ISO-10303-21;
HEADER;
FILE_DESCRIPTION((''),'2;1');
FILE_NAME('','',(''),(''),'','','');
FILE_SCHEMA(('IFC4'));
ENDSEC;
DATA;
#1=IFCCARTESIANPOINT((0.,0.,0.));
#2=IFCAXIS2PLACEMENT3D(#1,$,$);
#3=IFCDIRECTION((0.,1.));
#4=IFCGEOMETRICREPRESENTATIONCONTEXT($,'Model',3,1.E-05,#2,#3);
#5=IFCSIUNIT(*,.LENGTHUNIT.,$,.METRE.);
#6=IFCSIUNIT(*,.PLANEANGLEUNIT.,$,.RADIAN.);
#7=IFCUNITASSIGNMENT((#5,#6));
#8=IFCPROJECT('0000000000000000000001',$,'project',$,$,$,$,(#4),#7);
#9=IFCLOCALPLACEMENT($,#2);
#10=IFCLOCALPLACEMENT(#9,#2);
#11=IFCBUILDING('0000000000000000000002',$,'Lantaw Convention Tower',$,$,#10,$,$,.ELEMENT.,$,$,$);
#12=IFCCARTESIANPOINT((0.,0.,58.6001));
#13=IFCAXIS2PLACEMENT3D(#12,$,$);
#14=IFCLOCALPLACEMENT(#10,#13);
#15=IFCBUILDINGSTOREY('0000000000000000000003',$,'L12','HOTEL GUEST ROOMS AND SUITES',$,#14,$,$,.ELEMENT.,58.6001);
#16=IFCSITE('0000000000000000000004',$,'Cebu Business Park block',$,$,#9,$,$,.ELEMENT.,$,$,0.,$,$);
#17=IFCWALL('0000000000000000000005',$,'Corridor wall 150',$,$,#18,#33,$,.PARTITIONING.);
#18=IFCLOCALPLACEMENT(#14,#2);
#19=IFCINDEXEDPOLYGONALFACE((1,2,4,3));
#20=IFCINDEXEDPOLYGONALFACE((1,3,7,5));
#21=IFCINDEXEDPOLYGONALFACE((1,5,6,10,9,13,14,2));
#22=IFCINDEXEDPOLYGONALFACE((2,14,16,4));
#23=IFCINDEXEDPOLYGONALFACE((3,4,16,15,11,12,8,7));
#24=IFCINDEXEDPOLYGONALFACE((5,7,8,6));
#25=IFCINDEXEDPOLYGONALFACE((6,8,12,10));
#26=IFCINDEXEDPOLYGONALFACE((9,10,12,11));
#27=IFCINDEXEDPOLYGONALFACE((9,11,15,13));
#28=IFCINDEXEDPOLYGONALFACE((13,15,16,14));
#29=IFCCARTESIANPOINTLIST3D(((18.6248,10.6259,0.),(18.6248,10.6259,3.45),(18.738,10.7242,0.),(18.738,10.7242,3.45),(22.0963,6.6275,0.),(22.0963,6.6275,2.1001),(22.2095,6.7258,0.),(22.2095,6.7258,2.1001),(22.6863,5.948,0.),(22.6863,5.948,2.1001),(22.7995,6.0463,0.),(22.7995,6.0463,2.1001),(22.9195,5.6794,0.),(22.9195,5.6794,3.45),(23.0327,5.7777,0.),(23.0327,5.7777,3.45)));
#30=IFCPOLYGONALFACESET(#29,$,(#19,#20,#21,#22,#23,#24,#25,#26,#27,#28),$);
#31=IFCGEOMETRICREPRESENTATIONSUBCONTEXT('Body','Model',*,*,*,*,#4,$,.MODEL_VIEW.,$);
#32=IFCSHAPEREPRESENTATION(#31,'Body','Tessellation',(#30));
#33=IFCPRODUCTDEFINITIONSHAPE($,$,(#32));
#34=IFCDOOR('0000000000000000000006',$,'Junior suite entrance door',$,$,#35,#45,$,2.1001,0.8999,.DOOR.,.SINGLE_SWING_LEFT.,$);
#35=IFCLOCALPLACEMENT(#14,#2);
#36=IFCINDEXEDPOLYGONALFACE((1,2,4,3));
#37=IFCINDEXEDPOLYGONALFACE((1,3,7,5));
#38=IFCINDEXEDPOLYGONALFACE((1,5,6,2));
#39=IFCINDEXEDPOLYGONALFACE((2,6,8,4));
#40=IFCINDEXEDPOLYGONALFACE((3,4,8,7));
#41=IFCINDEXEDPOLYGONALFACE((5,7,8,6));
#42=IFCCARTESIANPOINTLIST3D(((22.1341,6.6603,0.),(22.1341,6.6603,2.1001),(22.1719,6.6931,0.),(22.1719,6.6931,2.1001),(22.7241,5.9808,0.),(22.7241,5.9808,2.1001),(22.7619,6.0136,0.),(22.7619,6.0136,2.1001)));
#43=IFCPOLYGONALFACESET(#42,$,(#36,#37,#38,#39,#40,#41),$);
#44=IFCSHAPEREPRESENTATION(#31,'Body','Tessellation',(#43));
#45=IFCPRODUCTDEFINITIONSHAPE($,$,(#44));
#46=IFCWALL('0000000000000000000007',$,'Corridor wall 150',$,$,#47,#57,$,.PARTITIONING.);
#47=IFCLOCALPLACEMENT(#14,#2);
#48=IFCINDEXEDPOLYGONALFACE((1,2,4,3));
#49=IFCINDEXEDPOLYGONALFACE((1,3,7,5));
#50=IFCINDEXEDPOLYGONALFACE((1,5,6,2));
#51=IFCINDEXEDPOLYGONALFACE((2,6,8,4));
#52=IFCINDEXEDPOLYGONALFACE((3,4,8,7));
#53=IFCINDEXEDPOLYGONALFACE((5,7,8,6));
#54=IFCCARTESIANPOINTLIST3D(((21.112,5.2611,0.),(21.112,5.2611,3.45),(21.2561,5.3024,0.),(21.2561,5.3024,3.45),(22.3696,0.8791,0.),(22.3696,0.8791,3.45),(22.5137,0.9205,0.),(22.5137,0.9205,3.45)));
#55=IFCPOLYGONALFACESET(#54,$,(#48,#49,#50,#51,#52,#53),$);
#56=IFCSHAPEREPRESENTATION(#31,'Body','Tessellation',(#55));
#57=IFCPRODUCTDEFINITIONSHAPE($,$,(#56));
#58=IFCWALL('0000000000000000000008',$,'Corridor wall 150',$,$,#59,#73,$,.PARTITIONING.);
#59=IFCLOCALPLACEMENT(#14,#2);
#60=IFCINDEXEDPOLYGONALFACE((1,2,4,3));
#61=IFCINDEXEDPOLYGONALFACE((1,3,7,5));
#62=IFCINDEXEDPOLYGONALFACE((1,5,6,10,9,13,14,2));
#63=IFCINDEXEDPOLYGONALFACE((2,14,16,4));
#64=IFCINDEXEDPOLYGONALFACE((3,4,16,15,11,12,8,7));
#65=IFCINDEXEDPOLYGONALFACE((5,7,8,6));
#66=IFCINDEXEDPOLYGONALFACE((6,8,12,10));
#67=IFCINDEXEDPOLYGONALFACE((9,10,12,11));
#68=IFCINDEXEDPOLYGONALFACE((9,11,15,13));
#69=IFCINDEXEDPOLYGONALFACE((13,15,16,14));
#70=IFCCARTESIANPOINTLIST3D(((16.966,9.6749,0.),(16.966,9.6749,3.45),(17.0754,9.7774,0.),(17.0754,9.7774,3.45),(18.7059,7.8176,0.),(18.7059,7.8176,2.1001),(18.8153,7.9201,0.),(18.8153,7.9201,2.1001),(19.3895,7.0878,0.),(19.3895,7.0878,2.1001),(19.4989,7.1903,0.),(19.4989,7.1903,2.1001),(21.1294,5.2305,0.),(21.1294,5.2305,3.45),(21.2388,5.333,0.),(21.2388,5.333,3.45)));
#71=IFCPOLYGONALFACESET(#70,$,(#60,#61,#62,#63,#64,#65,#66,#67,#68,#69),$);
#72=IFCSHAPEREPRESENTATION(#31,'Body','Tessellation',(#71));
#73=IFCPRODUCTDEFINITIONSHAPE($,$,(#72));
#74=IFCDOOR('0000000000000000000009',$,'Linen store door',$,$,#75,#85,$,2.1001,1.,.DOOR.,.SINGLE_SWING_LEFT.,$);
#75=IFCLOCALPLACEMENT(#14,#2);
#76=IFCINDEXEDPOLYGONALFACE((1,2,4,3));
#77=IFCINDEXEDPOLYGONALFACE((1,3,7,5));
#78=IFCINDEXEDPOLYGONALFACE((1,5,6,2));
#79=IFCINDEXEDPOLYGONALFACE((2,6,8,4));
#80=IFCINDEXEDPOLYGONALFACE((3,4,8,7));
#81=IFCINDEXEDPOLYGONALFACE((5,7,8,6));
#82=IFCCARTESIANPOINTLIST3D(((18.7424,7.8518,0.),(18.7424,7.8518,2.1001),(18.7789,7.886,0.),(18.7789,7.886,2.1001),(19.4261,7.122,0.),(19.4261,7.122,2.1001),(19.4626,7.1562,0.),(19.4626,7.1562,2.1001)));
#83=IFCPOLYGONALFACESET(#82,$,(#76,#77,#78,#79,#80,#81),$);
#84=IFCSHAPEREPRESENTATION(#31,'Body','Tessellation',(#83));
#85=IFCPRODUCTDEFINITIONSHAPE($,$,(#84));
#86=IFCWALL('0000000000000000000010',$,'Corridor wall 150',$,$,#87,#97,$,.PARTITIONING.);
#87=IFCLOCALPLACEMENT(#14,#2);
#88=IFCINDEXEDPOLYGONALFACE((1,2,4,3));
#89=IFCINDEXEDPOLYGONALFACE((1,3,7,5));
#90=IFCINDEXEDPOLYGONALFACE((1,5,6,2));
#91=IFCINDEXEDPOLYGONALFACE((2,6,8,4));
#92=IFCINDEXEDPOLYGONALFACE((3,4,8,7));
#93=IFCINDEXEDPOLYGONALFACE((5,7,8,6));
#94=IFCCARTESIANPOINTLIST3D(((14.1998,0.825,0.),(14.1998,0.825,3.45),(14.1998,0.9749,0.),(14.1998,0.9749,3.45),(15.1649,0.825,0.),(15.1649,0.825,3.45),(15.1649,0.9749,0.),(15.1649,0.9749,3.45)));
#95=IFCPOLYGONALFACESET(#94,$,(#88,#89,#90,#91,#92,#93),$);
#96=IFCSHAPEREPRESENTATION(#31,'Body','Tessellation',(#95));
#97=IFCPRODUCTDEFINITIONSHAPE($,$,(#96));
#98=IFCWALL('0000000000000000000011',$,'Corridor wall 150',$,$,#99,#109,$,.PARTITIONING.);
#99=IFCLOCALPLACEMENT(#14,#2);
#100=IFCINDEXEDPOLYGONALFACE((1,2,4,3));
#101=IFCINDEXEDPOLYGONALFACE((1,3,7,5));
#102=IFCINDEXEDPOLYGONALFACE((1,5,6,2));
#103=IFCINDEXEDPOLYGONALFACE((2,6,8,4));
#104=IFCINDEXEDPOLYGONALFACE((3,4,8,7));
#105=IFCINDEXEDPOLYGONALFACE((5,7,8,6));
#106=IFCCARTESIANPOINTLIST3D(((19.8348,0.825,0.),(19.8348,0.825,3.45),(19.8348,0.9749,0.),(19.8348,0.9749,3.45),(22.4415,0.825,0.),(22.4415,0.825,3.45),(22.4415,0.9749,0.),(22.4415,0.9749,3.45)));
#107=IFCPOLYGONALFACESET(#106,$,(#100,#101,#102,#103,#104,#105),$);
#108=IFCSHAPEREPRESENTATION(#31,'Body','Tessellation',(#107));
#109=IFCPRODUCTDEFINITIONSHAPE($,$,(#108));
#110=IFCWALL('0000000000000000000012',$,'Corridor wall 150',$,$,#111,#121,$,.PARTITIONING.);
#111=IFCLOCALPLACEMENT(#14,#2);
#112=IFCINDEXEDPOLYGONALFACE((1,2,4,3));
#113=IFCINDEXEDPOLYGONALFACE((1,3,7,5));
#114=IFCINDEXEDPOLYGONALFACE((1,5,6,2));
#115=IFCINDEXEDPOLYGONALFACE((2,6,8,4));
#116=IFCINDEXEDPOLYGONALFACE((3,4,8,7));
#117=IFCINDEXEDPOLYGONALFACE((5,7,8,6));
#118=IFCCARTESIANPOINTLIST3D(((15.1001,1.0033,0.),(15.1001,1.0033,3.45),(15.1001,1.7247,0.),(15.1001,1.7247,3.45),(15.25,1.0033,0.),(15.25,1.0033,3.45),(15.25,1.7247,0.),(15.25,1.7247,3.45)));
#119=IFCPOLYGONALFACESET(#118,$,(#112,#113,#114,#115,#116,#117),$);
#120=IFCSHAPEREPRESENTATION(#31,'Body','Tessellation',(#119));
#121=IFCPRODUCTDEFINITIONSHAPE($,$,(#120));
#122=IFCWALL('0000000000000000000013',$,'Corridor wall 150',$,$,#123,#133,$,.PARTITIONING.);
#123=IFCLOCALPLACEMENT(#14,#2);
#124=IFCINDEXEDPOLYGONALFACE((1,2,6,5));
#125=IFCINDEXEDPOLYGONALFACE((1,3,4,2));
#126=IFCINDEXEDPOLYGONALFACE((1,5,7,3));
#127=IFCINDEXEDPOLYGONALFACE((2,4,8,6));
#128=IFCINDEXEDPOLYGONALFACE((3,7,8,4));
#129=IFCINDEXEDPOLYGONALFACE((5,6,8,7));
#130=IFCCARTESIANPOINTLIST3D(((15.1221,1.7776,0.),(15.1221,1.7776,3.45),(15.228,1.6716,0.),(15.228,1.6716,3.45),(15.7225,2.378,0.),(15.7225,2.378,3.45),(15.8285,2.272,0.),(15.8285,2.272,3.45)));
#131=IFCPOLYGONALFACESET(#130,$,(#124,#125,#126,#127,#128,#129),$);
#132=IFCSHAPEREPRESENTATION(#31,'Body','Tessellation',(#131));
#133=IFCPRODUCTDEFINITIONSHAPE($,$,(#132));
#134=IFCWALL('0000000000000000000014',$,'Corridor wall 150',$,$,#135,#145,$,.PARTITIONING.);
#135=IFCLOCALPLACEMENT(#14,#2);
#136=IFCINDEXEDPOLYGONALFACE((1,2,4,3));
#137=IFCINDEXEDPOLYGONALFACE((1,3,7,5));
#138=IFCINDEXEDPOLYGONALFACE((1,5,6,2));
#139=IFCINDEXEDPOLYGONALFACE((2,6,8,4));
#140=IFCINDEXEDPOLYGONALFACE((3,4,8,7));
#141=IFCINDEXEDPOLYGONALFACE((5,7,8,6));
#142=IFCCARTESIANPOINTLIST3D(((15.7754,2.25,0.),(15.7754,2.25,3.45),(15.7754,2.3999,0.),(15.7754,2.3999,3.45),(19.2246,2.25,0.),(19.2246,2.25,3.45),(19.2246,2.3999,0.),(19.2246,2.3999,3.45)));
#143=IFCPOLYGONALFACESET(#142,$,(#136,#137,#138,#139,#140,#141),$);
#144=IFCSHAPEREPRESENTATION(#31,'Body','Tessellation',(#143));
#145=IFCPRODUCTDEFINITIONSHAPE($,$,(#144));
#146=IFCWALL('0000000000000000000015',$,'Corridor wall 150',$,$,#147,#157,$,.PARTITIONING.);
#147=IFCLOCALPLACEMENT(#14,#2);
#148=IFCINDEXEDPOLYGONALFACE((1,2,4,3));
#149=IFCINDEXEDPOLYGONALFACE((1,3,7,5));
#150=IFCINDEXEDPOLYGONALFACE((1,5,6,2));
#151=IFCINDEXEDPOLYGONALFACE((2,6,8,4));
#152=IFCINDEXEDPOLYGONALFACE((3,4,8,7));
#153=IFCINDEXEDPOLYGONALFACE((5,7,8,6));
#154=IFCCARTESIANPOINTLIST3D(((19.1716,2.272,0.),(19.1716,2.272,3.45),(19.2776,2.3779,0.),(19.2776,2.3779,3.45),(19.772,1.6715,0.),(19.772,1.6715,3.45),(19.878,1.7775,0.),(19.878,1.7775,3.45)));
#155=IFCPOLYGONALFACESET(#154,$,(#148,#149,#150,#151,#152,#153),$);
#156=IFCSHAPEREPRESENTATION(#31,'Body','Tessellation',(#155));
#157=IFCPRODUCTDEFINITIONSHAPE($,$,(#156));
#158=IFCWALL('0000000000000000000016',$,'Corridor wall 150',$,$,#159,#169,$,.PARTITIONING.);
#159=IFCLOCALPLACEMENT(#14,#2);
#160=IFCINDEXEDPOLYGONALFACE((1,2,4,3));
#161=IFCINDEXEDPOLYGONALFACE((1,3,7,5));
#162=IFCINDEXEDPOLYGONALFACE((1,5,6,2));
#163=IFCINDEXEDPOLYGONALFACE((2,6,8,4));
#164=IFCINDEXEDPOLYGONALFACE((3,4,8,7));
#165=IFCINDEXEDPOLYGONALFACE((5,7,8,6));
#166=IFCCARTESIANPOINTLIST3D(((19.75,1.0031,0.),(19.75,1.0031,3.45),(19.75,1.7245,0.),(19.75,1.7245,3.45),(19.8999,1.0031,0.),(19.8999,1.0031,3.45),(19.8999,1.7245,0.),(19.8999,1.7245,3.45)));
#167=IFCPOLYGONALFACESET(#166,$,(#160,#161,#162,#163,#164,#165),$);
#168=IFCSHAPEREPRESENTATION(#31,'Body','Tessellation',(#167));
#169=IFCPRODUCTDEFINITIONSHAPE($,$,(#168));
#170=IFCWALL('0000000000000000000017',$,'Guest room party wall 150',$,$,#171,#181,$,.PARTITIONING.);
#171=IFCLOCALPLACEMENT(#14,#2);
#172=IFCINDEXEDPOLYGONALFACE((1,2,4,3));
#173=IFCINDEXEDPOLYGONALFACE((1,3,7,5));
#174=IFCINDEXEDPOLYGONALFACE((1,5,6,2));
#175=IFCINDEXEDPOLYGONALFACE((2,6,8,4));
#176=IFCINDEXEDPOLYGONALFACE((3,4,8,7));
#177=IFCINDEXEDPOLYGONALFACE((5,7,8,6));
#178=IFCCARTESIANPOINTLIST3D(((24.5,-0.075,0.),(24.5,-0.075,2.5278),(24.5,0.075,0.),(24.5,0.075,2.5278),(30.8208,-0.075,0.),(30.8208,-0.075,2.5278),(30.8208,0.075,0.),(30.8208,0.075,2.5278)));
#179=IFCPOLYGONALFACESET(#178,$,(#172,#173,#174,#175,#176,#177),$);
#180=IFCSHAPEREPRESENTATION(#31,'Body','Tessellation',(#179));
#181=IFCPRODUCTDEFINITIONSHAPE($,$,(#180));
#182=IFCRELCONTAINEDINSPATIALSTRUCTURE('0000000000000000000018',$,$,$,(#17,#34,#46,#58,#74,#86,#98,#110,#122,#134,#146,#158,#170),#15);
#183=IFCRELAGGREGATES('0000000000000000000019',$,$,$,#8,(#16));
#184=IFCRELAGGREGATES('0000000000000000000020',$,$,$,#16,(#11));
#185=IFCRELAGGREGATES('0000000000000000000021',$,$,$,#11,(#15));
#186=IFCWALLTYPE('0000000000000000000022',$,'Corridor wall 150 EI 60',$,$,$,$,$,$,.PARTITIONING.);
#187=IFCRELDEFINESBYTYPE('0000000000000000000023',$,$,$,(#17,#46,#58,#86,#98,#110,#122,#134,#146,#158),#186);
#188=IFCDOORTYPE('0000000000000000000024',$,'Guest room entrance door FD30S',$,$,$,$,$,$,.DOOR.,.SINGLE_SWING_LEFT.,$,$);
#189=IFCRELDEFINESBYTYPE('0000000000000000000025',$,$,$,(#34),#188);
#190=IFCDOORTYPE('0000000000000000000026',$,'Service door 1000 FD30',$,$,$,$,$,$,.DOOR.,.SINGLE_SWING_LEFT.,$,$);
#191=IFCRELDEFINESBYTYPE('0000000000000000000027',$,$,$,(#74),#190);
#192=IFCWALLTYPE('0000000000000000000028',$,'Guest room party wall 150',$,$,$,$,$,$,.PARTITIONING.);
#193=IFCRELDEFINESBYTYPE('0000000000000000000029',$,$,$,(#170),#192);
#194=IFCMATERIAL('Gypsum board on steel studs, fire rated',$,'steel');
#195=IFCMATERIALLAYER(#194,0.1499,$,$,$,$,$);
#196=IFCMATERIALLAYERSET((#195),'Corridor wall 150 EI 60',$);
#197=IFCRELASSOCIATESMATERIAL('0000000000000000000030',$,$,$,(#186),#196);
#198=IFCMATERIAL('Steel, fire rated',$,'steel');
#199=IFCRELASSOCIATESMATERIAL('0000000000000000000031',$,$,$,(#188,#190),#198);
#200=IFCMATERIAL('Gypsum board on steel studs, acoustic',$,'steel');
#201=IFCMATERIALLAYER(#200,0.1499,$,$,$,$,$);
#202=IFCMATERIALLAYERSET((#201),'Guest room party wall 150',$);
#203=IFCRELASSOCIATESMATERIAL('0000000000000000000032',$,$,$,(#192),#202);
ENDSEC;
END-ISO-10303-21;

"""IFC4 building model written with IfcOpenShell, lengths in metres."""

from ifc_helpers import new_model, si_unit, direction, frame, frame_2d, origin, place, context, subcontext, project, spatial, rectangle, extrude, material, layer, layer_set, type_object, element, fill, save


model = new_model("IFC4")

# Units and contexts
model_context = context("Model", 3, precision=1e-05, world=origin(), true_north=direction((0.0, 1.0)))
body_context = subcontext(model_context, "Body", "Model", "MODEL_VIEW")
ifc_project = project(units=[si_unit("LENGTHUNIT", "METRE"), si_unit("PLANEANGLEUNIT", "RADIAN")], contexts=[model_context])

# Site, building, storey
site_placement = place(None, origin())
site = spatial("IfcSite", under=ifc_project, at=site_placement, Name="Cebu Business Park block", CompositionType="ELEMENT", RefElevation=0.0)
building_placement = place(site_placement, origin())
building = spatial("IfcBuilding", under=site, at=building_placement, Name="Lantaw Convention Tower", CompositionType="ELEMENT")
storey_placement = place(building_placement, frame((0.0, 0.0, 58.6001)))
storey = spatial("IfcBuildingStorey", under=building, at=storey_placement, Name="L12", Description="HOTEL GUEST ROOMS AND SUITES", CompositionType="ELEMENT", Elevation=58.6001)

# Shared definitions
ifc_material_1 = material(Name="Gypsum board on steel studs, fire rated", Category="steel")
ifc_layer_1 = layer(ifc_material_1, 0.1499)
ifc_layer_set_1 = layer_set([ifc_layer_1], Name="Corridor wall 150 EI 60")
wall_type_1 = type_object("IfcWallType", Name="Corridor wall 150 EI 60", PredefinedType="PARTITIONING", material=ifc_layer_set_1)

# Wall, opening, door
wall_1_placement = place(storey_placement, frame((22.9761, 5.7285, 0.0), z_axis=(0.0, 0.0, 1.0), x_axis=(-0.6556, 0.755108, 0.0)))
wall_1 = element("IfcWall", 1, at=wall_1_placement, inside=storey, type_object=wall_type_1, Name="Corridor wall 150", PredefinedType="PARTITIONING", context=body_context, shape_type="SweptSolid", body=[
    extrude(rectangle(XDim=6.5508, YDim=0.1499, at=frame_2d((3.2754, 0.0))), origin(), (0.0, 0.0, 1.0), 3.45),
])
opening_1_placement = place(wall_1_placement, frame((0.3557, 0.0, 0.0)))
opening_1 = element("IfcOpeningElement", 2, at=opening_1_placement, cuts=wall_1, PredefinedType="OPENING", context=body_context, shape_type="SweptSolid", body=[
    extrude(rectangle(XDim=0.8999, YDim=2.1001, at=frame_2d((0.45, 1.05))), frame((0.0, 0.085, 0.0), z_axis=(0.0, -1.0, 0.0), x_axis=(1.0, 0.0, 0.0)), (0.0, 0.0, 1.0), 0.1699),
])
ifc_material_2 = material(Name="Steel, fire rated", Category="steel")
door_type_1 = type_object("IfcDoorType", Name="Guest room entrance door FD30S", OperationType="SINGLE_SWING_LEFT", PredefinedType="DOOR", material=ifc_material_2)
door_1_placement = place(opening_1_placement, origin())
door_1 = element("IfcDoor", 3, at=door_1_placement, inside=storey, type_object=door_type_1, Name="Junior suite entrance door", OperationType="SINGLE_SWING_LEFT", OverallHeight=2.1001, OverallWidth=0.8999, PredefinedType="DOOR", context=body_context, shape_type="SweptSolid", body=[
    extrude(rectangle(XDim=0.8999, YDim=2.1001, at=frame_2d((0.45, 1.05))), frame((0.0, 0.0249, 0.0), z_axis=(0.0, -1.0, 0.0), x_axis=(1.0, 0.0, 0.0)), (0.0, 0.0, 1.0), 0.05),
])
fill(opening_1, door_1)

# Wall
wall_2_placement = place(storey_placement, frame((22.4417, 0.8999, 0.0), z_axis=(0.0, 0.0, 1.0), x_axis=(-0.27586, 0.961198, 0.0)))
element("IfcWall", 4, at=wall_2_placement, inside=storey, type_object=wall_type_1, Name="Corridor wall 150", PredefinedType="PARTITIONING", context=body_context, shape_type="SweptSolid", body=[
    extrude(rectangle(XDim=4.5588, YDim=0.1499, at=frame_2d((2.2793, 0.0))), origin(), (0.0, 0.0, 1.0), 3.45),
])

# Wall, opening, door
wall_3_placement = place(storey_placement, frame((21.1841, 5.2817, 0.0), z_axis=(0.0, 0.0, 1.0), x_axis=(-0.683658, 0.729802, 0.0)))
wall_3 = element("IfcWall", 5, at=wall_3_placement, inside=storey, type_object=wall_type_1, Name="Corridor wall 150", PredefinedType="PARTITIONING", context=body_context, shape_type="SweptSolid", body=[
    extrude(rectangle(XDim=6.0898, YDim=0.1499, at=frame_2d((3.0449, 0.0))), origin(), (0.0, 0.0, 1.0), 3.45),
])
opening_2_placement = place(wall_3_placement, frame((2.5449, 0.0, 0.0)))
opening_2 = element("IfcOpeningElement", 6, at=opening_2_placement, cuts=wall_3, PredefinedType="OPENING", context=body_context, shape_type="SweptSolid", body=[
    extrude(rectangle(XDim=1.0, YDim=2.1001, at=frame_2d((0.5, 1.05))), frame((0.0, 0.085, 0.0), z_axis=(0.0, -1.0, 0.0), x_axis=(1.0, 0.0, 0.0)), (0.0, 0.0, 1.0), 0.1699),
])
door_type_2 = type_object("IfcDoorType", Name="Service door 1000 FD30", OperationType="SINGLE_SWING_LEFT", PredefinedType="DOOR", material=ifc_material_2)
door_2_placement = place(opening_2_placement, origin())
door_2 = element("IfcDoor", 7, at=door_2_placement, inside=storey, type_object=door_type_2, Name="Linen store door", OperationType="SINGLE_SWING_LEFT", OverallHeight=2.1001, OverallWidth=1.0, PredefinedType="DOOR", context=body_context, shape_type="SweptSolid", body=[
    extrude(rectangle(XDim=1.0, YDim=2.1001, at=frame_2d((0.5, 1.05))), frame((0.0, 0.0249, 0.0), z_axis=(0.0, -1.0, 0.0), x_axis=(1.0, 0.0, 0.0)), (0.0, 0.0, 1.0), 0.05),
])
fill(opening_2, door_2)

# Walls
wall_4_placement = place(storey_placement, frame((14.2, 0.8999, 0.0), z_axis=(0.0, 0.0, 1.0), x_axis=(1.0, 0.0, 0.0)))
element("IfcWall", 8, at=wall_4_placement, inside=storey, type_object=wall_type_1, Name="Corridor wall 150", PredefinedType="PARTITIONING", context=body_context, shape_type="SweptSolid", body=[
    extrude(rectangle(XDim=0.9651, YDim=0.1499, at=frame_2d((0.4824, 0.0))), origin(), (0.0, 0.0, 1.0), 3.45),
])
wall_5_placement = place(storey_placement, frame((19.835, 0.8999, 0.0), z_axis=(0.0, 0.0, 1.0), x_axis=(1.0, 0.0, 0.0)))
element("IfcWall", 9, at=wall_5_placement, inside=storey, type_object=wall_type_1, Name="Corridor wall 150", PredefinedType="PARTITIONING", context=body_context, shape_type="SweptSolid", body=[
    extrude(rectangle(XDim=2.6067, YDim=0.1499, at=frame_2d((1.3032, 0.0))), origin(), (0.0, 0.0, 1.0), 3.45),
])
wall_6_placement = place(storey_placement, frame((15.175, 1.0032, 0.0), z_axis=(0.0, 0.0, 1.0), x_axis=(0.0, 1.0, 0.0)))
element("IfcWall", 10, at=wall_6_placement, inside=storey, type_object=wall_type_1, Name="Corridor wall 150", PredefinedType="PARTITIONING", context=body_context, shape_type="SweptSolid", body=[
    extrude(rectangle(XDim=0.7214, YDim=0.1499, at=frame_2d((0.3608, 0.0))), origin(), (0.0, 0.0, 1.0), 3.45),
])
wall_7_placement = place(storey_placement, frame((15.175, 1.7246, 0.0), z_axis=(0.0, 0.0, 1.0), x_axis=(0.707107, 0.707107, 0.0)))
element("IfcWall", 11, at=wall_7_placement, inside=storey, type_object=wall_type_1, Name="Corridor wall 150", PredefinedType="PARTITIONING", context=body_context, shape_type="SweptSolid", body=[
    extrude(rectangle(XDim=0.8491, YDim=0.1499, at=frame_2d((0.4246, 0.0))), origin(), (0.0, 0.0, 1.0), 3.45),
])
wall_8_placement = place(storey_placement, frame((15.7754, 2.325, 0.0), z_axis=(0.0, 0.0, 1.0), x_axis=(1.0, 0.0, 0.0)))
element("IfcWall", 12, at=wall_8_placement, inside=storey, type_object=wall_type_1, Name="Corridor wall 150", PredefinedType="PARTITIONING", context=body_context, shape_type="SweptSolid", body=[
    extrude(rectangle(XDim=3.4492, YDim=0.1499, at=frame_2d((1.7246, 0.0))), origin(), (0.0, 0.0, 1.0), 3.45),
])
wall_9_placement = place(storey_placement, frame((19.2246, 2.325, 0.0), z_axis=(0.0, 0.0, 1.0), x_axis=(0.707107, -0.707107, 0.0)))
element("IfcWall", 13, at=wall_9_placement, inside=storey, type_object=wall_type_1, Name="Corridor wall 150", PredefinedType="PARTITIONING", context=body_context, shape_type="SweptSolid", body=[
    extrude(rectangle(XDim=0.8491, YDim=0.1499, at=frame_2d((0.4246, 0.0))), origin(), (0.0, 0.0, 1.0), 3.45),
])
wall_10_placement = place(storey_placement, frame((19.825, 1.7246, 0.0), z_axis=(0.0, 0.0, 1.0), x_axis=(0.0, -1.0, 0.0)))
element("IfcWall", 14, at=wall_10_placement, inside=storey, type_object=wall_type_1, Name="Corridor wall 150", PredefinedType="PARTITIONING", context=body_context, shape_type="SweptSolid", body=[
    extrude(rectangle(XDim=0.7214, YDim=0.1499, at=frame_2d((0.3608, 0.0))), origin(), (0.0, 0.0, 1.0), 3.45),
])
ifc_material_3 = material(Name="Gypsum board on steel studs, acoustic", Category="steel")
ifc_layer_2 = layer(ifc_material_3, 0.1499)
ifc_layer_set_2 = layer_set([ifc_layer_2], Name="Guest room party wall 150")
wall_type_2 = type_object("IfcWallType", Name="Guest room party wall 150", PredefinedType="PARTITIONING", material=ifc_layer_set_2)
wall_11_placement = place(storey_placement, frame((30.8208, 0.0, 0.0), z_axis=(0.0, 0.0, 1.0), x_axis=(-1.0, 0.0, 0.0)))
element("IfcWall", 15, at=wall_11_placement, inside=storey, type_object=wall_type_2, Name="Guest room party wall 150", PredefinedType="PARTITIONING", context=body_context, shape_type="SweptSolid", body=[
    extrude(rectangle(XDim=6.3208, YDim=0.1499, at=frame_2d((3.1604, 0.0))), origin(), (0.0, 0.0, 1.0), 2.5278),
])

save(model, "model.ifc")
